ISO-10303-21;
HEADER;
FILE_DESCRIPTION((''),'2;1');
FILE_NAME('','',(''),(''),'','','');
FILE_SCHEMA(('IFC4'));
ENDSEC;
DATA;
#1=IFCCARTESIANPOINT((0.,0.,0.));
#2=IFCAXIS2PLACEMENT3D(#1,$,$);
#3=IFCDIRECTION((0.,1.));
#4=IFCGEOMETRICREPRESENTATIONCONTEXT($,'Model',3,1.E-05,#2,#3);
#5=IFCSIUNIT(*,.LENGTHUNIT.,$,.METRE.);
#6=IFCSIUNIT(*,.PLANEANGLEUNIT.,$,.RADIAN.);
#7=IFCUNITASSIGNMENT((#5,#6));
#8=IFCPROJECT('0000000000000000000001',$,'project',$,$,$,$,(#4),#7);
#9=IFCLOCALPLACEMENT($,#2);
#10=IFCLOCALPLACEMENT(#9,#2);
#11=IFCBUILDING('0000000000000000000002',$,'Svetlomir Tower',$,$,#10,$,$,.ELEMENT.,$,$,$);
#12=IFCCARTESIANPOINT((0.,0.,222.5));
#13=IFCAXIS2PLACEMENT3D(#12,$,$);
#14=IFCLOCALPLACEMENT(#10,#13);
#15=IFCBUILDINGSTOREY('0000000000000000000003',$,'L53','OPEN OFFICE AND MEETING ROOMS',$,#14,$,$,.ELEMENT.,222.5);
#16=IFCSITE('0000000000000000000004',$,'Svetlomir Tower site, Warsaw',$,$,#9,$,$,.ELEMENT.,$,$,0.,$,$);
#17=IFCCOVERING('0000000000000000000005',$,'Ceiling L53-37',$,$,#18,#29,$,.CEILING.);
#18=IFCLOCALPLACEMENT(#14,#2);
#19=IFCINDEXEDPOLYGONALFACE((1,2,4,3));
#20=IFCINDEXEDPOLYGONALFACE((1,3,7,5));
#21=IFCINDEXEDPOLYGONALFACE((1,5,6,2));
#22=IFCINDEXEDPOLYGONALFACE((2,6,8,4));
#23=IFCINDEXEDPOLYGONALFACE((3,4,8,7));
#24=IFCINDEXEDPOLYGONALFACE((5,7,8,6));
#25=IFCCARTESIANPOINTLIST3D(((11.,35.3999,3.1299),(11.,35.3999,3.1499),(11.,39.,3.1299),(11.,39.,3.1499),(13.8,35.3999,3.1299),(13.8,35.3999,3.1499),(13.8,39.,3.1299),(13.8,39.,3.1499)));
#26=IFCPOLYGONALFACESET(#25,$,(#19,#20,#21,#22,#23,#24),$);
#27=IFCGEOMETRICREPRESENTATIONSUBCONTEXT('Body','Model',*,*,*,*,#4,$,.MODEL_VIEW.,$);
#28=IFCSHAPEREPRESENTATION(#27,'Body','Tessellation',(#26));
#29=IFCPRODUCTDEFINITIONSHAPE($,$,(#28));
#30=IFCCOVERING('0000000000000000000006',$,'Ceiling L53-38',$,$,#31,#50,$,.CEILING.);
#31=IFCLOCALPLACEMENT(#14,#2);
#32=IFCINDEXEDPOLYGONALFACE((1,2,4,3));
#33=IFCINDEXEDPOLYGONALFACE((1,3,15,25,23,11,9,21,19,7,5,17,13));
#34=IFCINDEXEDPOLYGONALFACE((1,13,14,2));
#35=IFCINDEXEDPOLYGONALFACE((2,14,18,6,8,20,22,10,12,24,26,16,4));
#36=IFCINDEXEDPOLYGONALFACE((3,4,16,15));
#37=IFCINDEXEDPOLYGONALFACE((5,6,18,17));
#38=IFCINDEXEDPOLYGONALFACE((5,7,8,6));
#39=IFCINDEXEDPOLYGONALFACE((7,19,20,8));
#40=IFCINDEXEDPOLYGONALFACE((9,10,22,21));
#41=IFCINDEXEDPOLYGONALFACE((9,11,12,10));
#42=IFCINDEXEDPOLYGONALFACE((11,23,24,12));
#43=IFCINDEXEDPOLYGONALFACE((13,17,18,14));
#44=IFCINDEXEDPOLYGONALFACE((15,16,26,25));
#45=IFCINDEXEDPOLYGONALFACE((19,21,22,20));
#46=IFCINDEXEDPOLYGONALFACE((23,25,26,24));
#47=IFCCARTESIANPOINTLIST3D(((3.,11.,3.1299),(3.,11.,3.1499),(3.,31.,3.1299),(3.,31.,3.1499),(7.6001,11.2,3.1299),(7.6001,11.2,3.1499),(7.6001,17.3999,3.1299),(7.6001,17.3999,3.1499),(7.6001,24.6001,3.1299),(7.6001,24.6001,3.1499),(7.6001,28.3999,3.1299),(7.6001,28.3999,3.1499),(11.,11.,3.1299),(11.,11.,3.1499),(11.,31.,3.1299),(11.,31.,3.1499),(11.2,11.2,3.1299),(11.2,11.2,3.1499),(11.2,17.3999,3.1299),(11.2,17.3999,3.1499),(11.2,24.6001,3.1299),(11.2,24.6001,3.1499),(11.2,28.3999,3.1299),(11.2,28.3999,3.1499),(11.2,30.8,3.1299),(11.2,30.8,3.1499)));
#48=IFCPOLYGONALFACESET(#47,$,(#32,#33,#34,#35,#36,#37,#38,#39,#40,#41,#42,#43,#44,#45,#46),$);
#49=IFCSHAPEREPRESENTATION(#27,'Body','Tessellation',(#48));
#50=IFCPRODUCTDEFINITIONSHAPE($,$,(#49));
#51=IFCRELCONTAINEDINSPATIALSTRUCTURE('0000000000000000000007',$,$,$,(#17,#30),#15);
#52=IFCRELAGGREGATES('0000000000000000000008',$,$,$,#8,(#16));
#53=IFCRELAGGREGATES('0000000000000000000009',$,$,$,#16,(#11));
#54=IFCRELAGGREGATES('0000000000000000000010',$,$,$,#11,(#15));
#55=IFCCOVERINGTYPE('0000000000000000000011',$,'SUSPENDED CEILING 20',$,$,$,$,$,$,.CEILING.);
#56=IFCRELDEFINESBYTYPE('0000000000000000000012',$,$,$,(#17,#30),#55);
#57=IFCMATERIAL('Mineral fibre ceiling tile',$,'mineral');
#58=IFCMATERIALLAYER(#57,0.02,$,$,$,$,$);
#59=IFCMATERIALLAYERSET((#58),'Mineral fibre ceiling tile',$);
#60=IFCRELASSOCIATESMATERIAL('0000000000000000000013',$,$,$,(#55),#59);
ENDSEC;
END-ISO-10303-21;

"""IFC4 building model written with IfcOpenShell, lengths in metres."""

from ifc_helpers import new_model, si_unit, direction, frame, origin, place, context, subcontext, project, spatial, polyline, outline, extrude, material, layer, layer_set, type_object, element, save


model = new_model("IFC4")

# Units and contexts
model_context = context("Model", 3, precision=1e-05, world=origin(), true_north=direction((0.0, 1.0)))
body_context = subcontext(model_context, "Body", "Model", "MODEL_VIEW")
ifc_project = project(units=[si_unit("LENGTHUNIT", "METRE"), si_unit("PLANEANGLEUNIT", "RADIAN")], contexts=[model_context])

# Site, building, storey
site_placement = place(None, origin())
site = spatial("IfcSite", under=ifc_project, at=site_placement, Name="Svetlomir Tower site, Warsaw", CompositionType="ELEMENT", RefElevation=0.0)
building_placement = place(site_placement, origin())
building = spatial("IfcBuilding", under=site, at=building_placement, Name="Svetlomir Tower", CompositionType="ELEMENT")
storey_placement = place(building_placement, frame((0.0, 0.0, 222.5)))
storey = spatial("IfcBuildingStorey", under=building, at=storey_placement, Name="L53", Description="OPEN OFFICE AND MEETING ROOMS", CompositionType="ELEMENT", Elevation=222.5)

# Coverings
ifc_material_1 = material(Name="Mineral fibre ceiling tile", Category="mineral")
ifc_layer_1 = layer(ifc_material_1, 0.02)
ifc_layer_set_1 = layer_set([ifc_layer_1], Name="Mineral fibre ceiling tile")
covering_type_1 = type_object("IfcCoveringType", Name="SUSPENDED CEILING 20", PredefinedType="CEILING", material=ifc_layer_set_1)
covering_1_placement = place(storey_placement, frame((0.0, 0.0, 3.1299)))
element("IfcCovering", 1, at=covering_1_placement, inside=storey, type_object=covering_type_1, Name="Ceiling L53-37", PredefinedType="CEILING", context=body_context, shape_type="SweptSolid", body=[
    extrude(outline(polyline([(13.8, 39.0), (13.8, 35.3999), (11.0, 35.3999), (11.0, 39.0), (13.8, 39.0)])), origin(), (0.0, 0.0, 1.0), 0.02),
])
covering_2_placement = place(storey_placement, frame((0.0, 0.0, 3.1299)))
element("IfcCovering", 2, at=covering_2_placement, inside=storey, type_object=covering_type_1, Name="Ceiling L53-38", PredefinedType="CEILING", context=body_context, shape_type="SweptSolid", body=[
    extrude(outline(polyline([(11.2, 28.3999), (7.6001, 28.3999), (7.6001, 24.6001), (11.2, 24.6001), (11.2, 17.3999), (7.6001, 17.3999), (7.6001, 11.2), (11.2, 11.2), (11.0, 11.0), (3.0, 11.0), (3.0, 31.0), (11.0, 31.0), (11.2, 30.8), (11.2, 28.3999)])), origin(), (0.0, 0.0, 1.0), 0.02),
])

save(model, "model.ifc")
